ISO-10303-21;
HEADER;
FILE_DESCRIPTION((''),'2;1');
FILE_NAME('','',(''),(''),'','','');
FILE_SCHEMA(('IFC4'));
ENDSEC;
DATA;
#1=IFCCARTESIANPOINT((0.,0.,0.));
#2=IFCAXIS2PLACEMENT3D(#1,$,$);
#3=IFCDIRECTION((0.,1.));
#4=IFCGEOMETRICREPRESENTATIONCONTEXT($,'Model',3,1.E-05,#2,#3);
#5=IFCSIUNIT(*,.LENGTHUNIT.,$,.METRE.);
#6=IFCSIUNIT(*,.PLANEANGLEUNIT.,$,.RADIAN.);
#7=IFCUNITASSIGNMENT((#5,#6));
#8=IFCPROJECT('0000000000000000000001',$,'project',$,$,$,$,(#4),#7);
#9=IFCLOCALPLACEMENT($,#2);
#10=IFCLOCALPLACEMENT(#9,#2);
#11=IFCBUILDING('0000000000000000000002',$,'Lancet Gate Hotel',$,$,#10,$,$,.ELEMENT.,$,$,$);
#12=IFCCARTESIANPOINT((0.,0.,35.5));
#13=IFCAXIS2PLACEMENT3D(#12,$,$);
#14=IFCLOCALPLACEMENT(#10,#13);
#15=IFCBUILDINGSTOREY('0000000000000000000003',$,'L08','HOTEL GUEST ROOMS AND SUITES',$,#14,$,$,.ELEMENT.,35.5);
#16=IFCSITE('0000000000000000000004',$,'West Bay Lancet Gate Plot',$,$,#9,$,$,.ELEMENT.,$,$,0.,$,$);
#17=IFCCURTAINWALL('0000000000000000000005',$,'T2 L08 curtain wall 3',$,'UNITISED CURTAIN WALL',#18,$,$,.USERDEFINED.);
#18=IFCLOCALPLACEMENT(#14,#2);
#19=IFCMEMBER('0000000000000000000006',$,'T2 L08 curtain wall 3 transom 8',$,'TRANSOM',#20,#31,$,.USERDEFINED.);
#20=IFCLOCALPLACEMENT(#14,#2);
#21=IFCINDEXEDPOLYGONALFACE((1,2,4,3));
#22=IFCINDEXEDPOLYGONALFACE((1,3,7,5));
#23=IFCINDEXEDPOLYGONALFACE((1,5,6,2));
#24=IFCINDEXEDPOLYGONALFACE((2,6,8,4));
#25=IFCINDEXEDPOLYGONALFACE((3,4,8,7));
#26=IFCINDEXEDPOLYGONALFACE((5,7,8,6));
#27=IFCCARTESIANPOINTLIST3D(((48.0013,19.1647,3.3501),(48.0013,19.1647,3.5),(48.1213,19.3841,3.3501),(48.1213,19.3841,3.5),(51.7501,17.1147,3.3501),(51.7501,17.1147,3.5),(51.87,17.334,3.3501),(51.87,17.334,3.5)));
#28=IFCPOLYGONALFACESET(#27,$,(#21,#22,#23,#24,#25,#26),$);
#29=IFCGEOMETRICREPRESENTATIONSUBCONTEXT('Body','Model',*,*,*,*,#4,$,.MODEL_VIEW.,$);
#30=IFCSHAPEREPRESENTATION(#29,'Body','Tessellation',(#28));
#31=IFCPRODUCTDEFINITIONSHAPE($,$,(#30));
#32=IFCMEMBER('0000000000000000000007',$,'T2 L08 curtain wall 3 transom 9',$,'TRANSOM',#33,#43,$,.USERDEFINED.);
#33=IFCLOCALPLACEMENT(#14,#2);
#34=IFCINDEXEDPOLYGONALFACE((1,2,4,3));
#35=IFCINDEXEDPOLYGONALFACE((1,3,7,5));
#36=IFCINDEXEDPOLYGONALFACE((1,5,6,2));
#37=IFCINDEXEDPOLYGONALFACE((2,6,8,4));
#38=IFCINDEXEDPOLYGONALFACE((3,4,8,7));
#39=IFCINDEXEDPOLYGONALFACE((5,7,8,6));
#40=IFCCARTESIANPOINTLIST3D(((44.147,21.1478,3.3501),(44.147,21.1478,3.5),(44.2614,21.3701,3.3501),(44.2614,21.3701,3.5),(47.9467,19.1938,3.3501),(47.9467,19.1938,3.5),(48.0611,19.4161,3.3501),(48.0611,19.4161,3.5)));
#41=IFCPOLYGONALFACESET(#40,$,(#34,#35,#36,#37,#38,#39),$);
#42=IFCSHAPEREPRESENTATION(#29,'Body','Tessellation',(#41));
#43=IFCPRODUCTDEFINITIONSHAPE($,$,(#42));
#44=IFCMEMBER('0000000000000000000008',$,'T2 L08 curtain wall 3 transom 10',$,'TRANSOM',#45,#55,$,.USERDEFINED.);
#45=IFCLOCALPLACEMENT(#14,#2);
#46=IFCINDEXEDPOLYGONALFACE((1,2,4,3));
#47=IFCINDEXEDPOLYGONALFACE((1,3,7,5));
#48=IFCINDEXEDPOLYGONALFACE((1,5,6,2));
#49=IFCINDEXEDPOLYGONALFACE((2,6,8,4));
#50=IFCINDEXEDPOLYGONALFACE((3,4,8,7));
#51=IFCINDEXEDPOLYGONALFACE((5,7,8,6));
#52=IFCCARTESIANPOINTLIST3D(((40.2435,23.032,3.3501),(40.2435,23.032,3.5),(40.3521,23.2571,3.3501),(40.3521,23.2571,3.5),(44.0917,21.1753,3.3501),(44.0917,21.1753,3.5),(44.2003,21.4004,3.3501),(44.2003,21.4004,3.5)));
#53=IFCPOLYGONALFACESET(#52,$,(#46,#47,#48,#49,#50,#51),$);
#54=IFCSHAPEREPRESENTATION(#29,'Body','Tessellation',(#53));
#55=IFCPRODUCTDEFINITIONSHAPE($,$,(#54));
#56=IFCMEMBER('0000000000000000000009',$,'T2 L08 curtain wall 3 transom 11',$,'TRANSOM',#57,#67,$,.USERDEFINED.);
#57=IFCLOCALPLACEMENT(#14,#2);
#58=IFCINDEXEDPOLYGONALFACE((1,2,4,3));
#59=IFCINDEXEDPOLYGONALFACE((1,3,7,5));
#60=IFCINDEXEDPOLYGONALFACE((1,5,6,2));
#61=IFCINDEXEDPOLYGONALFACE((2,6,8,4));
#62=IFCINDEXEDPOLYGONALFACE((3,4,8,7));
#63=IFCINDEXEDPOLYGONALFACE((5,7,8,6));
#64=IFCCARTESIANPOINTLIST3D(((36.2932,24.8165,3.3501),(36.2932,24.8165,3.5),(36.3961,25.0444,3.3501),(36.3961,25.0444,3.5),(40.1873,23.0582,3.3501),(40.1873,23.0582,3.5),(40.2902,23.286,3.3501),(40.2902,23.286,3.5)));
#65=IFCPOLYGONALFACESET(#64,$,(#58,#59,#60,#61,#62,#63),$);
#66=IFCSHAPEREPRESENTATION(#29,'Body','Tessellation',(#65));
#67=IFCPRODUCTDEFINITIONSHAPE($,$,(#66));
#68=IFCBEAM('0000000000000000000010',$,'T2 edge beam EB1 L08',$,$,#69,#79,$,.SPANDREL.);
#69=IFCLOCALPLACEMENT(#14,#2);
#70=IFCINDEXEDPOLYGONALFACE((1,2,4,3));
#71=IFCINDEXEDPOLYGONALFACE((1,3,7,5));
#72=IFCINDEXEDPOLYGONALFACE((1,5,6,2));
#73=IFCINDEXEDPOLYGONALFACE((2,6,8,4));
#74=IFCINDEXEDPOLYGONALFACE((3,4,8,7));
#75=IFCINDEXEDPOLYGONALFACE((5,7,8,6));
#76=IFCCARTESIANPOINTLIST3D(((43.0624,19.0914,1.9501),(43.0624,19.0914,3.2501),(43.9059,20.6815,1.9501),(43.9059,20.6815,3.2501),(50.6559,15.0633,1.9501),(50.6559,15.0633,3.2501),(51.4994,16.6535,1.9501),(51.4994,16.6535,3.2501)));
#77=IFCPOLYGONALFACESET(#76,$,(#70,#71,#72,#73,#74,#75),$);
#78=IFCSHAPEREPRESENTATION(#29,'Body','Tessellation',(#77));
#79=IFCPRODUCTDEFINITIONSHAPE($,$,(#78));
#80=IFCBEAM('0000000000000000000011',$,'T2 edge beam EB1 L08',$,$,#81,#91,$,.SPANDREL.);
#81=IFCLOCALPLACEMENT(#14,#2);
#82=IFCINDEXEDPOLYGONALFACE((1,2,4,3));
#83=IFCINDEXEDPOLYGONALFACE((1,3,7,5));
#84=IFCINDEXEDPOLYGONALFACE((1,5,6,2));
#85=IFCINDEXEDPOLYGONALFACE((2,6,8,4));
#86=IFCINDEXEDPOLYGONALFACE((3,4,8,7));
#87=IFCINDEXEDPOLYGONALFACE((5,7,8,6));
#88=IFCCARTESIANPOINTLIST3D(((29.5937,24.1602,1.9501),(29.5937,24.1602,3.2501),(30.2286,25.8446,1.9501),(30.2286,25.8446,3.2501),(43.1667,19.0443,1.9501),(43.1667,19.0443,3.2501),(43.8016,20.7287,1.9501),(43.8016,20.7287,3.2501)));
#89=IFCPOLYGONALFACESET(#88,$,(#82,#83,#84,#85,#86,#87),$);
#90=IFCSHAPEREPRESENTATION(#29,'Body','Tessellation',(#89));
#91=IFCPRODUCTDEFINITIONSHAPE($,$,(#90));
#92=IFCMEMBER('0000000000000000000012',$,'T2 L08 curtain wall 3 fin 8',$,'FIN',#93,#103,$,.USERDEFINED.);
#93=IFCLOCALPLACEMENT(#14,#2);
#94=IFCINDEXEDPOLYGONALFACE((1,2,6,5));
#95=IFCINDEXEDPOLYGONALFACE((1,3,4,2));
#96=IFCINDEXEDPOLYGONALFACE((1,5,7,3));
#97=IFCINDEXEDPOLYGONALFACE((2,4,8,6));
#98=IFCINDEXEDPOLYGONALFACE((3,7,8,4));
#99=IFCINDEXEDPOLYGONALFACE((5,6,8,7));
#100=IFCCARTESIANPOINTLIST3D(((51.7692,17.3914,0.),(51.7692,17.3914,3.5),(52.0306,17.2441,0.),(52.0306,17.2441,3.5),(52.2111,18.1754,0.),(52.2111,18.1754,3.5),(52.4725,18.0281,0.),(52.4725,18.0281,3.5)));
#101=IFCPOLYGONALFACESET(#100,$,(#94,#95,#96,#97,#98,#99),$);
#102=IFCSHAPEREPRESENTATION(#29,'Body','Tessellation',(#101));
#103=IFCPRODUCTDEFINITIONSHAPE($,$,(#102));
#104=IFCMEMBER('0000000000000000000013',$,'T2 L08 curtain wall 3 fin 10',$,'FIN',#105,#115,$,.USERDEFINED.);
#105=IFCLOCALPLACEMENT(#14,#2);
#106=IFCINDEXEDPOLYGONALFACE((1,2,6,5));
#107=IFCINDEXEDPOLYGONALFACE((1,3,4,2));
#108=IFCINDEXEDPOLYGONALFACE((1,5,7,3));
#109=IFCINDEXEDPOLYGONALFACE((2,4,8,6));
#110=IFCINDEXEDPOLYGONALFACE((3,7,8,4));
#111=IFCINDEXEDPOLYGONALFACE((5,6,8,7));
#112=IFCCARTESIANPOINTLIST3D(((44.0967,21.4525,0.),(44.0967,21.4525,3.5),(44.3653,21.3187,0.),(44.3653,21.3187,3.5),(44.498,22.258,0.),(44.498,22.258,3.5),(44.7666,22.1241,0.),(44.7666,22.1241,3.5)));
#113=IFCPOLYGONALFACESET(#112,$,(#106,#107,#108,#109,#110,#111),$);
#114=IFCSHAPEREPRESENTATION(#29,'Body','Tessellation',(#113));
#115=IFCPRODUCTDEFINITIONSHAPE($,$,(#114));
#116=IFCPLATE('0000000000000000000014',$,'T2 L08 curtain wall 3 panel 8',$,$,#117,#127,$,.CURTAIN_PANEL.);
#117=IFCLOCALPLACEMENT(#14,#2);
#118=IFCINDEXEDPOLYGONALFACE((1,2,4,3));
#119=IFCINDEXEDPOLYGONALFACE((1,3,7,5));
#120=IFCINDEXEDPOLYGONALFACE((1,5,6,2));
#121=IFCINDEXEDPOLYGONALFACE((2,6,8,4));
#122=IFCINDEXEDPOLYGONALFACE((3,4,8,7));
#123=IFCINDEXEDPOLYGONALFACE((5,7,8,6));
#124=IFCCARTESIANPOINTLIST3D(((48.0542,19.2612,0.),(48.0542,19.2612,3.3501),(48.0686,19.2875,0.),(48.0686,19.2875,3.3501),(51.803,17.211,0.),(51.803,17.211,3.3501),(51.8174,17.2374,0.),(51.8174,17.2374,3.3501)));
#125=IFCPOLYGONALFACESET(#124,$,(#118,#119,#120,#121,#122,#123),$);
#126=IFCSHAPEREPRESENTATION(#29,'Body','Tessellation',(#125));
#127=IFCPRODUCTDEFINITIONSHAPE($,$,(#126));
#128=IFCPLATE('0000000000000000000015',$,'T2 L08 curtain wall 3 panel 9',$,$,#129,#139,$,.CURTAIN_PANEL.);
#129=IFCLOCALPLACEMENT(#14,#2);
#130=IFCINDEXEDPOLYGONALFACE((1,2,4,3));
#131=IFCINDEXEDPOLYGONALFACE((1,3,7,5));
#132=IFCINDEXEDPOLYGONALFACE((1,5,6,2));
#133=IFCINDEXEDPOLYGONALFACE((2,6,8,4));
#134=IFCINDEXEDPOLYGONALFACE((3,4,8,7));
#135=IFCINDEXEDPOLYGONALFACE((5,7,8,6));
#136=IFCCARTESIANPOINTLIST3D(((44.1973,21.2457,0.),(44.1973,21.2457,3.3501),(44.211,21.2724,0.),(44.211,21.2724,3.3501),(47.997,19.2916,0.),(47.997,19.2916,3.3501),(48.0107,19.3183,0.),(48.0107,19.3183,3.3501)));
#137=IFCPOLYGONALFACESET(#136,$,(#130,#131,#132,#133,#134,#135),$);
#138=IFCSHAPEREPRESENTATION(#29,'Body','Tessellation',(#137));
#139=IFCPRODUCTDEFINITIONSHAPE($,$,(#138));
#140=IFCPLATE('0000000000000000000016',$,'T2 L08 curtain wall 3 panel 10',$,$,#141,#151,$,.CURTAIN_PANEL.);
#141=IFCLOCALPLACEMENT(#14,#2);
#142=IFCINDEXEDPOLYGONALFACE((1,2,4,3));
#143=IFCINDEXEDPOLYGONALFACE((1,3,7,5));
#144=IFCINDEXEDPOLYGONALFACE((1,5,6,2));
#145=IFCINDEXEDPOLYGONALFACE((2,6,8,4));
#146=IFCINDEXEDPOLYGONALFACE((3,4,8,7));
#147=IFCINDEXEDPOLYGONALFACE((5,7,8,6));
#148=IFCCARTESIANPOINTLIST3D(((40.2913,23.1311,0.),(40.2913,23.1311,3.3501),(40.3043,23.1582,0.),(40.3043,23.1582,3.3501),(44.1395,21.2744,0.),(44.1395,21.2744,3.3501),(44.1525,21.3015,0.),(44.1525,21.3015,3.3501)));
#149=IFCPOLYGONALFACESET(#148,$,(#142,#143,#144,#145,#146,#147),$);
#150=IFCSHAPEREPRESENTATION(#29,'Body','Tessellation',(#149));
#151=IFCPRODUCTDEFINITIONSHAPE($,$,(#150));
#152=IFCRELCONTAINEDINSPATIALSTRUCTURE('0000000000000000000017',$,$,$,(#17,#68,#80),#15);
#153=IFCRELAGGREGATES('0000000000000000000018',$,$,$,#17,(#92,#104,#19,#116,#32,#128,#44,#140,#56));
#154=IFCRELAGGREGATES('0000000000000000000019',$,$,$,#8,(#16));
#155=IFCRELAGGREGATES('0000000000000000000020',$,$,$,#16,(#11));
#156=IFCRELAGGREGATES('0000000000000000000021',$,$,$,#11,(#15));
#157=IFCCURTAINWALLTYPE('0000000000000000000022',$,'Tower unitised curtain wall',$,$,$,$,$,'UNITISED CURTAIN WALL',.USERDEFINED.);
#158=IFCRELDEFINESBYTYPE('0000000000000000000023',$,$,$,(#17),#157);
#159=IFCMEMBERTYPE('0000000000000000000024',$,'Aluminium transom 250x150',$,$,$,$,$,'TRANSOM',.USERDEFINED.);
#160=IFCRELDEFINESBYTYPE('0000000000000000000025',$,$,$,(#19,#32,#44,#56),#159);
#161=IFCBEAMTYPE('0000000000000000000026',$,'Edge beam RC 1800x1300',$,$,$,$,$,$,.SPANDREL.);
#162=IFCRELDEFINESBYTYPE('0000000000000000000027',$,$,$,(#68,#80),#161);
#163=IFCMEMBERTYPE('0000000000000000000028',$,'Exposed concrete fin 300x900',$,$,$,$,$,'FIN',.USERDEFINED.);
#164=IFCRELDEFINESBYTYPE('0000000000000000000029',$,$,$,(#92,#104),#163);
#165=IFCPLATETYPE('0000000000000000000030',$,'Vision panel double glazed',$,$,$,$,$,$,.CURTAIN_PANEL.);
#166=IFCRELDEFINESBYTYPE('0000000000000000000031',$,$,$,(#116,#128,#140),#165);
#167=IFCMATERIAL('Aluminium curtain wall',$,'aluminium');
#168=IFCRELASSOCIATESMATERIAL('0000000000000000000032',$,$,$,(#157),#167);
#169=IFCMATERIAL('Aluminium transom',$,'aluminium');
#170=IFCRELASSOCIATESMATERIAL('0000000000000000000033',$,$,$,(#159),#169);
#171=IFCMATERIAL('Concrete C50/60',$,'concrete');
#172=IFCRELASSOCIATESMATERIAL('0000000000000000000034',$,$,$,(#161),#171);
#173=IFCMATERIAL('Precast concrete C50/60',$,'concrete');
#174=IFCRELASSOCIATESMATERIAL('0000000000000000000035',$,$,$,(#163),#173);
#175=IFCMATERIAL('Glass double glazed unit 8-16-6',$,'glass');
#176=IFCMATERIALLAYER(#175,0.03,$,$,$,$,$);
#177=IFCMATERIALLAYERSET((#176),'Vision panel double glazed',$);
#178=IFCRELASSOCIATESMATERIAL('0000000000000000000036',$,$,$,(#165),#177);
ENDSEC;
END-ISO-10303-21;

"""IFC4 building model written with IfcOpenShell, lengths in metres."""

from ifc_helpers import new_model, si_unit, direction, frame, origin, origin_2d, place, context, subcontext, project, spatial, rectangle, extrude, material, layer, layer_set, material_profile, profile_set, type_object, element, aggregate, save


model = new_model("IFC4")

# Units and contexts
model_context = context("Model", 3, precision=1e-05, world=origin(), true_north=direction((0.0, 1.0)))
body_context = subcontext(model_context, "Body", "Model", "MODEL_VIEW")
ifc_project = project(units=[si_unit("LENGTHUNIT", "METRE"), si_unit("PLANEANGLEUNIT", "RADIAN")], contexts=[model_context])

# Site, building, storey
site_placement = place(None, origin())
site = spatial("IfcSite", under=ifc_project, at=site_placement, Name="West Bay Lancet Gate Plot", CompositionType="ELEMENT", RefElevation=0.0)
building_placement = place(site_placement, origin())
building = spatial("IfcBuilding", under=site, at=building_placement, Name="Lancet Gate Hotel", CompositionType="ELEMENT")
storey_placement = place(building_placement, frame((0.0, 0.0, 35.5)))
storey = spatial("IfcBuildingStorey", under=building, at=storey_placement, Name="L08", Description="HOTEL GUEST ROOMS AND SUITES", CompositionType="ELEMENT", Elevation=35.5)

# Curtain wall, members
ifc_material_1 = material(Name="Aluminium curtain wall", Category="aluminium")
curtain_wall_type = type_object("IfcCurtainWallType", Name="Tower unitised curtain wall", ElementType="UNITISED CURTAIN WALL", PredefinedType="USERDEFINED", material=ifc_material_1)
curtain_wall_placement = place(storey_placement, origin())
curtain_wall = element("IfcCurtainWall", 1, at=curtain_wall_placement, inside=storey, type_object=curtain_wall_type, Name="T2 L08 curtain wall 3", ObjectType="UNITISED CURTAIN WALL", PredefinedType="USERDEFINED")
ifc_material_2 = material(Name="Aluminium transom", Category="aluminium")
ifc_material_profile_1 = material_profile(ifc_material_2, rectangle(XDim=0.25, YDim=0.1499, at=origin_2d()), Name="TRANSOM 250x150")
ifc_profile_set_1 = profile_set([ifc_material_profile_1], Name="Aluminium transom")
member_type_1 = type_object("IfcMemberType", Name="Aluminium transom 250x150", ElementType="TRANSOM", PredefinedType="USERDEFINED", material=ifc_profile_set_1)
member_1_placement = place(storey_placement, frame((51.8101, 17.2244, 3.425), z_axis=(-0.877378, 0.479801, 0.0), x_axis=(-0.479801, -0.877378, 0.0)))
member_1 = element("IfcMember", 2, at=member_1_placement, type_object=member_type_1, Name="T2 L08 curtain wall 3 transom 8", ObjectType="TRANSOM", PredefinedType="USERDEFINED", context=body_context, shape_type="SweptSolid", body=[
    extrude(rectangle(XDim=0.25, YDim=0.1499, at=origin_2d()), origin(), (0.0, 0.0, 1.0), 4.2727),
])
member_2_placement = place(storey_placement, frame((48.0039, 19.3049, 3.425), z_axis=(-0.889296, 0.457333, 0.0), x_axis=(-0.457333, -0.889296, 0.0)))
member_2 = element("IfcMember", 3, at=member_2_placement, type_object=member_type_1, Name="T2 L08 curtain wall 3 transom 9", ObjectType="TRANSOM", PredefinedType="USERDEFINED", context=body_context, shape_type="SweptSolid", body=[
    extrude(rectangle(XDim=0.25, YDim=0.1499, at=origin_2d()), origin(), (0.0, 0.0, 1.0), 4.2727),
])
member_3_placement = place(storey_placement, frame((44.146, 21.2878, 3.425), z_axis=(-0.900646, 0.434553, 0.0), x_axis=(-0.434553, -0.900646, 0.0)))
member_3 = element("IfcMember", 4, at=member_3_placement, type_object=member_type_1, Name="T2 L08 curtain wall 3 transom 10", ObjectType="TRANSOM", PredefinedType="USERDEFINED", context=body_context, shape_type="SweptSolid", body=[
    extrude(rectangle(XDim=0.25, YDim=0.1499, at=origin_2d()), origin(), (0.0, 0.0, 1.0), 4.2727),
])
member_4_placement = place(storey_placement, frame((40.2388, 23.1721, 3.425), z_axis=(-0.911397, 0.411529, 0.0), x_axis=(-0.411529, -0.911397, 0.0)))
member_4 = element("IfcMember", 5, at=member_4_placement, type_object=member_type_1, Name="T2 L08 curtain wall 3 transom 11", ObjectType="TRANSOM", PredefinedType="USERDEFINED", context=body_context, shape_type="SweptSolid", body=[
    extrude(rectangle(XDim=0.25, YDim=0.1499, at=origin_2d()), origin(), (0.0, 0.0, 1.0), 4.2727),
])

# Beams
ifc_material_3 = material(Name="Concrete C50/60", Category="concrete")
ifc_material_profile_2 = material_profile(ifc_material_3, rectangle(XDim=1.8, YDim=1.3, at=origin_2d()), Name="RC 1800x1300")
ifc_profile_set_2 = profile_set([ifc_material_profile_2], Name="Concrete C50/60")
beam_type = type_object("IfcBeamType", Name="Edge beam RC 1800x1300", PredefinedType="SPANDREL", material=ifc_profile_set_2)
beam_1_placement = place(storey_placement, frame((51.0776, 15.8584, 2.6001), z_axis=(-0.883403, 0.468613, 0.0), x_axis=(-0.468613, -0.883403, 0.0)))
element("IfcBeam", 6, at=beam_1_placement, inside=storey, type_object=beam_type, Name="T2 edge beam EB1 L08", PredefinedType="SPANDREL", context=body_context, shape_type="SweptSolid", body=[
    extrude(rectangle(XDim=1.8, YDim=1.3, at=origin_2d()), origin(), (0.0, 0.0, 1.0), 8.5957),
])
beam_2_placement = place(storey_placement, frame((43.4841, 19.8865, 2.6001), z_axis=(-0.935736, 0.3527, 0.0), x_axis=(-0.3527, -0.935736, 0.0)))
element("IfcBeam", 7, at=beam_2_placement, inside=storey, type_object=beam_type, Name="T2 edge beam EB1 L08", PredefinedType="SPANDREL", context=body_context, shape_type="SweptSolid", body=[
    extrude(rectangle(XDim=1.8, YDim=1.3, at=origin_2d()), origin(), (0.0, 0.0, 1.0), 14.5051),
])

# Members
ifc_material_4 = material(Name="Precast concrete C50/60", Category="concrete")
ifc_material_profile_3 = material_profile(ifc_material_4, rectangle(XDim=0.3, YDim=0.8999, at=origin_2d()), Name="FIN 300x900")
ifc_profile_set_3 = profile_set([ifc_material_profile_3], Name="Precast concrete C50/60")
member_type_2 = type_object("IfcMemberType", Name="Exposed concrete fin 300x900", ElementType="FIN", PredefinedType="USERDEFINED", material=ifc_profile_set_3)
member_5_placement = place(storey_placement, frame((52.1208, 17.7097, 0.0), z_axis=(0.0, 0.0, 1.0), x_axis=(-0.87119, 0.490945, 0.0)))
member_5 = element("IfcMember", 8, at=member_5_placement, type_object=member_type_2, Name="T2 L08 curtain wall 3 fin 8", ObjectType="FIN", PredefinedType="USERDEFINED", context=body_context, shape_type="SweptSolid", body=[
    extrude(rectangle(XDim=0.3, YDim=0.8999, at=origin_2d()), origin(), (0.0, 0.0, 1.0), 3.5),
])
member_6_placement = place(storey_placement, frame((44.4316, 21.7883, 0.0), z_axis=(0.0, 0.0, 1.0), x_axis=(-0.895044, 0.445978, 0.0)))
member_6 = element("IfcMember", 9, at=member_6_placement, type_object=member_type_2, Name="T2 L08 curtain wall 3 fin 10", ObjectType="FIN", PredefinedType="USERDEFINED", context=body_context, shape_type="SweptSolid", body=[
    extrude(rectangle(XDim=0.3, YDim=0.8999, at=origin_2d()), origin(), (0.0, 0.0, 1.0), 3.5),
])

# Plates
ifc_material_5 = material(Name="Glass double glazed unit 8-16-6", Category="glass")
ifc_layer = layer(ifc_material_5, 0.03)
ifc_layer_set = layer_set([ifc_layer], Name="Vision panel double glazed")
plate_type = type_object("IfcPlateType", Name="Vision panel double glazed", PredefinedType="CURTAIN_PANEL", material=ifc_layer_set)
plate_1_placement = place(storey_placement, frame((49.9358, 18.2493, 0.0), z_axis=(0.0, 0.0, 1.0), x_axis=(-0.877368, 0.479818, 0.0)))
plate_1 = element("IfcPlate", 10, at=plate_1_placement, type_object=plate_type, Name="T2 L08 curtain wall 3 panel 8", PredefinedType="CURTAIN_PANEL", context=body_context, shape_type="SweptSolid", body=[
    extrude(rectangle(XDim=4.2727, YDim=0.03, at=origin_2d()), origin(), (0.0, 0.0, 1.0), 3.3501),
])
plate_2_placement = place(storey_placement, frame((46.104, 20.282, 0.0), z_axis=(0.0, 0.0, 1.0), x_axis=(-0.889296, 0.457332, 0.0)))
plate_2 = element("IfcPlate", 11, at=plate_2_placement, type_object=plate_type, Name="T2 L08 curtain wall 3 panel 9", PredefinedType="CURTAIN_PANEL", context=body_context, shape_type="SweptSolid", body=[
    extrude(rectangle(XDim=4.2727, YDim=0.03, at=origin_2d()), origin(), (0.0, 0.0, 1.0), 3.3501),
])
plate_3_placement = place(storey_placement, frame((42.2219, 22.2163, 0.0), z_axis=(0.0, 0.0, 1.0), x_axis=(-0.900647, 0.43455, 0.0)))
plate_3 = element("IfcPlate", 12, at=plate_3_placement, type_object=plate_type, Name="T2 L08 curtain wall 3 panel 10", PredefinedType="CURTAIN_PANEL", context=body_context, shape_type="SweptSolid", body=[
    extrude(rectangle(XDim=4.2727, YDim=0.03, at=origin_2d()), origin(), (0.0, 0.0, 1.0), 3.3501),
])
aggregate(curtain_wall, [member_5, member_6, member_1, plate_1, member_2, plate_2, member_3, plate_3, member_4])

save(model, "model.ifc")
